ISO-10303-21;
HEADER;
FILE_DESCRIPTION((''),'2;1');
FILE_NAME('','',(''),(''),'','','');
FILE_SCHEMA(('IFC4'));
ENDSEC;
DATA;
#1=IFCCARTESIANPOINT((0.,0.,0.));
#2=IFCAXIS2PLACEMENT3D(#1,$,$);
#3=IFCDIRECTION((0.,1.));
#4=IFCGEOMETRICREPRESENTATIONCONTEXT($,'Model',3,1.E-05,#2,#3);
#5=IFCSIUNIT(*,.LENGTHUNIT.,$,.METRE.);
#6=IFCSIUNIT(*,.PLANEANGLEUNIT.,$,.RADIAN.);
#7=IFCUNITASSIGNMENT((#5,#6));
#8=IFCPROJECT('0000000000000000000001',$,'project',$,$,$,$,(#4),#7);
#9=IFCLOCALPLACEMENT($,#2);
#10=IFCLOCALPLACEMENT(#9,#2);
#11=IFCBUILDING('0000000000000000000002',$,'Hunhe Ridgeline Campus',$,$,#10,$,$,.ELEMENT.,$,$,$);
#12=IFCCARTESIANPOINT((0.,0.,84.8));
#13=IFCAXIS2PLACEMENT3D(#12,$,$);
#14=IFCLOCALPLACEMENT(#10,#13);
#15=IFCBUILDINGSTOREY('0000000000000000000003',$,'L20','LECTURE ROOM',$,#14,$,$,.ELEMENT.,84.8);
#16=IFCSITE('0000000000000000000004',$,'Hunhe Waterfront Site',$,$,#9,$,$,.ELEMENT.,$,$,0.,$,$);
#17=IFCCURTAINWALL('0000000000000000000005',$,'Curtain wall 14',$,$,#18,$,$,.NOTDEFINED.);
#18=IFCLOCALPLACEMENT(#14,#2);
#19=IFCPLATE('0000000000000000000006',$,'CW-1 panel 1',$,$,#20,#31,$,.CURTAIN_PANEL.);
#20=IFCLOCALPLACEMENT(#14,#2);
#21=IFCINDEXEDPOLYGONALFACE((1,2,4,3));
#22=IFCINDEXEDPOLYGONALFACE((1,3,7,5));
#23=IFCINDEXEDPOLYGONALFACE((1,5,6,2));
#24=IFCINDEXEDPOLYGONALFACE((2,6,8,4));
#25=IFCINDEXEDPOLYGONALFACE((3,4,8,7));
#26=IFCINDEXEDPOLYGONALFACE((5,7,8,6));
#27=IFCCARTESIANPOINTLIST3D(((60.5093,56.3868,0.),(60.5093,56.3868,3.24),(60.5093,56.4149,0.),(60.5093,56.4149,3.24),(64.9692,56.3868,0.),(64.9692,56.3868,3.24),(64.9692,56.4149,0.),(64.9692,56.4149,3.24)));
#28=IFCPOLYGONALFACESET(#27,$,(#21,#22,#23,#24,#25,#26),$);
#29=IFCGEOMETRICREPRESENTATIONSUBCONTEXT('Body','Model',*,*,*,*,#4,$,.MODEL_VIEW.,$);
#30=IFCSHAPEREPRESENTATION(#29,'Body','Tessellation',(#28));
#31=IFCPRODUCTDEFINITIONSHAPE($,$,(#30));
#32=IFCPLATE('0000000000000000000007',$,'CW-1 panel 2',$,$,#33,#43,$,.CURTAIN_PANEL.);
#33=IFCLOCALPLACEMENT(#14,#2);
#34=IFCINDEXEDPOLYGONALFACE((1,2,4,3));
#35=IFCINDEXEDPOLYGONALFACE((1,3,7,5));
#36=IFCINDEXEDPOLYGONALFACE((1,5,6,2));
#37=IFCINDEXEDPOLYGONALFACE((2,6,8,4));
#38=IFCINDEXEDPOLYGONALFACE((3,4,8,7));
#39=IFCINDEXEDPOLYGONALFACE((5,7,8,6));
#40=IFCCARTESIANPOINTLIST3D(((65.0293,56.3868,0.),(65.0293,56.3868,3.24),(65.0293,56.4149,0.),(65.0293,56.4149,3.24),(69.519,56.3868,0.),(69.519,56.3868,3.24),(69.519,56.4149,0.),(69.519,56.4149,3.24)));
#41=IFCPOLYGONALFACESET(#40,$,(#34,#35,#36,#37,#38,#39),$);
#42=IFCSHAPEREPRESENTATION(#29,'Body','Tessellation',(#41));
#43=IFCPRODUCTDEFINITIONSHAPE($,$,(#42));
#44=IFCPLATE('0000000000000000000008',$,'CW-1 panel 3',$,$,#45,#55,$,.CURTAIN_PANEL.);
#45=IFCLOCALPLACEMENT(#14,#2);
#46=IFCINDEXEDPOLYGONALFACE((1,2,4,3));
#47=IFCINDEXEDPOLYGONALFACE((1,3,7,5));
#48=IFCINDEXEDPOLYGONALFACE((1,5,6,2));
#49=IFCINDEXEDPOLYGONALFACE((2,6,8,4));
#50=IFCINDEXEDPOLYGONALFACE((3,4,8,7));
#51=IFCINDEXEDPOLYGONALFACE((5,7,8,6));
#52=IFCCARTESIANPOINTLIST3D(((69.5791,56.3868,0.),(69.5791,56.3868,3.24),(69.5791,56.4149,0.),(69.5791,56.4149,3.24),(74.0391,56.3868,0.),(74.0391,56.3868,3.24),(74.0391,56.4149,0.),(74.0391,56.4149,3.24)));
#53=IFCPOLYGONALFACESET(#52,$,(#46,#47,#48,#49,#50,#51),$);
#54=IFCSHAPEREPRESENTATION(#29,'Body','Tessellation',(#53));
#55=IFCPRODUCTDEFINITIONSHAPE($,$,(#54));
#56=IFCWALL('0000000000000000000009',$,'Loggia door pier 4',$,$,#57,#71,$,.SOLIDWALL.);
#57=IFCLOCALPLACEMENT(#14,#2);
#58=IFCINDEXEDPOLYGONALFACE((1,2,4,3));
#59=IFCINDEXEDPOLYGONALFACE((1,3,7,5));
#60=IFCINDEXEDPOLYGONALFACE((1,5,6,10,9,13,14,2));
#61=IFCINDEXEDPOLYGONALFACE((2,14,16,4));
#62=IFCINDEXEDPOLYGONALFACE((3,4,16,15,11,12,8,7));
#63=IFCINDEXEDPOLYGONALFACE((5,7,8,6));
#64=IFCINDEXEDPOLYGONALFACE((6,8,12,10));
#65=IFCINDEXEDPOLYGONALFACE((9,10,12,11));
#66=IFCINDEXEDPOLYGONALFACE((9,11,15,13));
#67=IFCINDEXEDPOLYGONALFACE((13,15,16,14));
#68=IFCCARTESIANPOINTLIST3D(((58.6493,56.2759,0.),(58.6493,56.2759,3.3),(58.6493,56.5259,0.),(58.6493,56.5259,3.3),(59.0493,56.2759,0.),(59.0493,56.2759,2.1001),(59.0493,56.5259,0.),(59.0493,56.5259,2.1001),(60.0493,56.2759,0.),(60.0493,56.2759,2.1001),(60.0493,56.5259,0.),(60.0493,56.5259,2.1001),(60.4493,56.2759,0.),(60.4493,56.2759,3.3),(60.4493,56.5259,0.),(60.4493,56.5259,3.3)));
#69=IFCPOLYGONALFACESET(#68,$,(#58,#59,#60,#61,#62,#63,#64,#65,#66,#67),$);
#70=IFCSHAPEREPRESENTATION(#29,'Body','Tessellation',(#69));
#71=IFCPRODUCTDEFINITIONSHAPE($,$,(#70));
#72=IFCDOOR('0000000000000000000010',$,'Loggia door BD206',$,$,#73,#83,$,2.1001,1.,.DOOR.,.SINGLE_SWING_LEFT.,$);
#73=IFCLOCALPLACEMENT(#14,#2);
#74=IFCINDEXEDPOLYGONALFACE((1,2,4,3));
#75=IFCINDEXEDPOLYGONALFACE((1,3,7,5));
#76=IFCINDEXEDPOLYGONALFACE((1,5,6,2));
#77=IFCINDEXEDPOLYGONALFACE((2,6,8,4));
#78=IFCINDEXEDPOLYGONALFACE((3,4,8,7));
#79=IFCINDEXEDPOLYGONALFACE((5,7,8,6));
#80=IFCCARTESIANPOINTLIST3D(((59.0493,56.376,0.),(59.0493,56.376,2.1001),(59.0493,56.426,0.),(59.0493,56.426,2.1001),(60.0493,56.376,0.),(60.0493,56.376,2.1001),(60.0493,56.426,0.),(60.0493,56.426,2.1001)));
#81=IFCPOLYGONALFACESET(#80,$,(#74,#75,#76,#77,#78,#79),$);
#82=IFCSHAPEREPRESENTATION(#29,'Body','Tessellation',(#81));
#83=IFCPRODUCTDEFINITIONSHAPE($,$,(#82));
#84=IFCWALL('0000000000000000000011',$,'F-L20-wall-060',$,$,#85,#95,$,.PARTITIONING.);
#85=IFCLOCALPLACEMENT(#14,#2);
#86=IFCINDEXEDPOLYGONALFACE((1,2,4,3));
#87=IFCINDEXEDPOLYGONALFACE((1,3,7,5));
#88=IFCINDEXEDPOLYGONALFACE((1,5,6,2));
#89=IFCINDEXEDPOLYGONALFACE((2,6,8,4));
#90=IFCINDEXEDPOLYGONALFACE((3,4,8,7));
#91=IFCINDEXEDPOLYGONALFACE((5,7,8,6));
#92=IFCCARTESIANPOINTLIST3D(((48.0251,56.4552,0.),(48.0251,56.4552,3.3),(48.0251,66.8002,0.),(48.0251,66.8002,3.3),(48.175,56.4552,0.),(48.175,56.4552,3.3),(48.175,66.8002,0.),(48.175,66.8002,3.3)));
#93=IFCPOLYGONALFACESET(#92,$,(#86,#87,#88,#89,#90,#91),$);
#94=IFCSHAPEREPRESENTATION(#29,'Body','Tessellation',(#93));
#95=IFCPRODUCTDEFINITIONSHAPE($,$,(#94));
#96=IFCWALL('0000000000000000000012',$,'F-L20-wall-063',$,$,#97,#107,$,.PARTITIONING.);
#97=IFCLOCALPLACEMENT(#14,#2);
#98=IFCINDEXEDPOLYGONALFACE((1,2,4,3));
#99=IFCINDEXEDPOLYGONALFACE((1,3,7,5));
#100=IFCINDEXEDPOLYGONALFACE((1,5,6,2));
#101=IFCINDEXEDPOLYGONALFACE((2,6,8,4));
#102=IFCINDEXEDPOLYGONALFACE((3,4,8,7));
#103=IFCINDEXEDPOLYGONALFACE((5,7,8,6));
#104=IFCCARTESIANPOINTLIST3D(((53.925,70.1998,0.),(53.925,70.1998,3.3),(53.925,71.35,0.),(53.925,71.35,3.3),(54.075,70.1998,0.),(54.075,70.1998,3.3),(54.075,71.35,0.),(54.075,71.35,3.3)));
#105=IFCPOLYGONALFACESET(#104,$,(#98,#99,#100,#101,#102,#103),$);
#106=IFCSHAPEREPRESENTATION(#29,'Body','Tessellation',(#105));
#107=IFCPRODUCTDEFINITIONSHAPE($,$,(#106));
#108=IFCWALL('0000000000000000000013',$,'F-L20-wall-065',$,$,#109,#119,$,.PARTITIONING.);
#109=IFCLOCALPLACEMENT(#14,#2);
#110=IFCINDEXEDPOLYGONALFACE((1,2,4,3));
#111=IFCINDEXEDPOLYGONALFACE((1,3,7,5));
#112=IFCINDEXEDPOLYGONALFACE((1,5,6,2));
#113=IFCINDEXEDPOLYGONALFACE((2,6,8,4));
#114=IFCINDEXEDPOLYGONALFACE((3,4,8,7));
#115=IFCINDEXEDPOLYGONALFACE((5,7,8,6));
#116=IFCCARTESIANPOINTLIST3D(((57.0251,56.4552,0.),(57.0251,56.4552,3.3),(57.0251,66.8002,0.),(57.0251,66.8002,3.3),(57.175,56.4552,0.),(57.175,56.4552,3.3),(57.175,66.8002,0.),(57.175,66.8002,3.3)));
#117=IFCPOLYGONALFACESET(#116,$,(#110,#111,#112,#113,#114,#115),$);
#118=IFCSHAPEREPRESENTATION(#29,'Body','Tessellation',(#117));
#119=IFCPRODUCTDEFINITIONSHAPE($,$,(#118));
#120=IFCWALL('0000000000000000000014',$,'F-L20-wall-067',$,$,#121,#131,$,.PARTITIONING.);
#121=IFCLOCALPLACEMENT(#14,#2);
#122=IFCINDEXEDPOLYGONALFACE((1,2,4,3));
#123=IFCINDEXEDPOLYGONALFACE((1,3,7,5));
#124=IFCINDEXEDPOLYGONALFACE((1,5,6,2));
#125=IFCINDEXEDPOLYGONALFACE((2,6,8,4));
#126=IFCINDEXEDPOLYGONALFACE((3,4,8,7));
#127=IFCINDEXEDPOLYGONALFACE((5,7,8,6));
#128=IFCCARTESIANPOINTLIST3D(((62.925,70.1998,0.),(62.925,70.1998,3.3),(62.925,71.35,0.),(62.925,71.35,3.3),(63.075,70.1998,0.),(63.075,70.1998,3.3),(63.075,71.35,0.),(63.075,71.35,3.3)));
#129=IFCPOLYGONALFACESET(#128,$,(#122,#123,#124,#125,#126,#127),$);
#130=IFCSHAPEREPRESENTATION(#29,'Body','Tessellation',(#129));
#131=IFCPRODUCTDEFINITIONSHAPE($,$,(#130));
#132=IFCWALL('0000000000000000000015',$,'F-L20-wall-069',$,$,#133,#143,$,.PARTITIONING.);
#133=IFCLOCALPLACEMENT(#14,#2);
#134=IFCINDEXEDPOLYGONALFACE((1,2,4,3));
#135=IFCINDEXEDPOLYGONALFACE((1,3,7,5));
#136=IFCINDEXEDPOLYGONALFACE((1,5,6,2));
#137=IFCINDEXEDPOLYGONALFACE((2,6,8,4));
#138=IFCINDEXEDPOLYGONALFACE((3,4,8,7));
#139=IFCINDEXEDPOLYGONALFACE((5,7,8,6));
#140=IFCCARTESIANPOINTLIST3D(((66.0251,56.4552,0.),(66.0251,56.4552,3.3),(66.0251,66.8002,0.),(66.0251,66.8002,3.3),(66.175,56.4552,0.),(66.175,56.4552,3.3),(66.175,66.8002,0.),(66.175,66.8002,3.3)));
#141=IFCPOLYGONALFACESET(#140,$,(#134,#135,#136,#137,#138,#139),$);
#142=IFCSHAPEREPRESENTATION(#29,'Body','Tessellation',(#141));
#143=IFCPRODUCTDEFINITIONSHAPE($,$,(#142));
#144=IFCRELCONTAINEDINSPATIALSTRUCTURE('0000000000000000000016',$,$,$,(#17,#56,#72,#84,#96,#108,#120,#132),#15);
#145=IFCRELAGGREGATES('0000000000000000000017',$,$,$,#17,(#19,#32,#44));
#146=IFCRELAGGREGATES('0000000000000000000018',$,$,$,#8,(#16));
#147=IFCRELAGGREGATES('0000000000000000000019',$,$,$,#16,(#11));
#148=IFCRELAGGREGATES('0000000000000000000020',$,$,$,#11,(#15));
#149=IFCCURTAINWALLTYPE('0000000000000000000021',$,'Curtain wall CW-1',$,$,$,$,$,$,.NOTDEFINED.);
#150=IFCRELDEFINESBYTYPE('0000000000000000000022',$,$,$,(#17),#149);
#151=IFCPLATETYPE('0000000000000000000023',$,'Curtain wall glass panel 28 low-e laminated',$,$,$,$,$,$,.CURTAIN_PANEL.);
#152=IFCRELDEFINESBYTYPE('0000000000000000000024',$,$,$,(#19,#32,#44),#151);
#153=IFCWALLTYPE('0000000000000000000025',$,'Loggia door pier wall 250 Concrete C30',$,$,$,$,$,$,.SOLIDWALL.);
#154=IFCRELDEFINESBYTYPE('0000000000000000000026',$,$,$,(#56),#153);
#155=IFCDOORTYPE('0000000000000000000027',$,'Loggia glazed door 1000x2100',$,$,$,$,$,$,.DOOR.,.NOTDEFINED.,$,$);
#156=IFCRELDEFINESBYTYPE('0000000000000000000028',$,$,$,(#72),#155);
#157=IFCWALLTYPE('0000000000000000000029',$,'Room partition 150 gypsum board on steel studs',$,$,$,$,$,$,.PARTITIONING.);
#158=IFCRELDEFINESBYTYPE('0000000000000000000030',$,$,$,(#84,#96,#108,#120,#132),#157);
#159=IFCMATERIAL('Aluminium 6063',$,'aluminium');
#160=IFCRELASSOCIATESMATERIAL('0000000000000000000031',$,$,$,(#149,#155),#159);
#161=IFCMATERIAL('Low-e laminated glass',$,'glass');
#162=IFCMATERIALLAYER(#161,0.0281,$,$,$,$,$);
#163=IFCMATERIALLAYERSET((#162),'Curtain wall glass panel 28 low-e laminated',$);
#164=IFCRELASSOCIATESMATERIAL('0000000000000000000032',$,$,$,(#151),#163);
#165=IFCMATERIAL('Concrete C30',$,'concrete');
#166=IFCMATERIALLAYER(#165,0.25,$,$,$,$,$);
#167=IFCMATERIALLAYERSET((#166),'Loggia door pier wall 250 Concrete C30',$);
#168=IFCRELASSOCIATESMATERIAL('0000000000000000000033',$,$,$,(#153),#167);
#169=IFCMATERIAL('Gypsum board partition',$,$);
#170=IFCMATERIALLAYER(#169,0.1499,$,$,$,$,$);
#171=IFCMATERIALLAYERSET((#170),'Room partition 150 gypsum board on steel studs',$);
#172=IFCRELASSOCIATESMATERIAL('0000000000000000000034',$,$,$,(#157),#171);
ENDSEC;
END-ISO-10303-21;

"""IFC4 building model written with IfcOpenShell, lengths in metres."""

from ifc_helpers import new_model, si_unit, direction, frame, frame_2d, origin, origin_2d, place, context, subcontext, project, spatial, rectangle, extrude, material, layer, layer_set, type_object, element, fill, aggregate, save


model = new_model("IFC4")

# Units and contexts
model_context = context("Model", 3, precision=1e-05, world=origin(), true_north=direction((0.0, 1.0)))
body_context = subcontext(model_context, "Body", "Model", "MODEL_VIEW")
ifc_project = project(units=[si_unit("LENGTHUNIT", "METRE"), si_unit("PLANEANGLEUNIT", "RADIAN")], contexts=[model_context])

# Site, building, storey
site_placement = place(None, origin())
site = spatial("IfcSite", under=ifc_project, at=site_placement, Name="Hunhe Waterfront Site", CompositionType="ELEMENT", RefElevation=0.0)
building_placement = place(site_placement, origin())
building = spatial("IfcBuilding", under=site, at=building_placement, Name="Hunhe Ridgeline Campus", CompositionType="ELEMENT")
storey_placement = place(building_placement, frame((0.0, 0.0, 84.8)))
storey = spatial("IfcBuildingStorey", under=building, at=storey_placement, Name="L20", Description="LECTURE ROOM", CompositionType="ELEMENT", Elevation=84.8)

# Curtain wall
ifc_material_1 = material(Name="Aluminium 6063", Category="aluminium")
curtain_wall_type = type_object("IfcCurtainWallType", Name="Curtain wall CW-1", PredefinedType="NOTDEFINED", material=ifc_material_1)
curtain_wall_1_placement = place(storey_placement, origin())
curtain_wall_1 = element("IfcCurtainWall", 1, at=curtain_wall_1_placement, inside=storey, type_object=curtain_wall_type, Name="Curtain wall 14", PredefinedType="NOTDEFINED")

# Plates
ifc_material_2 = material(Name="Low-e laminated glass", Category="glass")
ifc_layer_1 = layer(ifc_material_2, 0.0281)
ifc_layer_set_1 = layer_set([ifc_layer_1], Name="Curtain wall glass panel 28 low-e laminated")
plate_type = type_object("IfcPlateType", Name="Curtain wall glass panel 28 low-e laminated", PredefinedType="CURTAIN_PANEL", material=ifc_layer_set_1)
plate_1_placement = place(storey_placement, frame((62.7393, 56.4009, 0.0), z_axis=(0.0, 0.0, 1.0), x_axis=(1.0, 0.0, 0.0)))
plate_1 = element("IfcPlate", 2, at=plate_1_placement, type_object=plate_type, Name="CW-1 panel 1", PredefinedType="CURTAIN_PANEL", context=body_context, shape_type="SweptSolid", body=[
    extrude(rectangle(XDim=4.46, YDim=0.0281, at=origin_2d()), origin(), (0.0, 0.0, 1.0), 3.24),
])
plate_2_placement = place(storey_placement, frame((67.2742, 56.4009, 0.0), z_axis=(0.0, 0.0, 1.0), x_axis=(1.0, 0.0, 0.0)))
plate_2 = element("IfcPlate", 3, at=plate_2_placement, type_object=plate_type, Name="CW-1 panel 2", PredefinedType="CURTAIN_PANEL", context=body_context, shape_type="SweptSolid", body=[
    extrude(rectangle(XDim=4.4897, YDim=0.0281, at=origin_2d()), origin(), (0.0, 0.0, 1.0), 3.24),
])
plate_3_placement = place(storey_placement, frame((71.8091, 56.4009, 0.0), z_axis=(0.0, 0.0, 1.0), x_axis=(1.0, 0.0, 0.0)))
plate_3 = element("IfcPlate", 4, at=plate_3_placement, type_object=plate_type, Name="CW-1 panel 3", PredefinedType="CURTAIN_PANEL", context=body_context, shape_type="SweptSolid", body=[
    extrude(rectangle(XDim=4.46, YDim=0.0281, at=origin_2d()), origin(), (0.0, 0.0, 1.0), 3.24),
])
aggregate(curtain_wall_1, [plate_1, plate_2, plate_3])

# Wall, opening, door
ifc_material_3 = material(Name="Concrete C30", Category="concrete")
ifc_layer_2 = layer(ifc_material_3, 0.25)
ifc_layer_set_2 = layer_set([ifc_layer_2], Name="Loggia door pier wall 250 Concrete C30")
wall_type_1 = type_object("IfcWallType", Name="Loggia door pier wall 250 Concrete C30", PredefinedType="SOLIDWALL", material=ifc_layer_set_2)
wall_1_placement = place(storey_placement, frame((58.6494, 56.4009, 0.0), z_axis=(0.0, 0.0, 1.0), x_axis=(1.0, 0.0, 0.0)))
wall_1 = element("IfcWall", 5, at=wall_1_placement, inside=storey, type_object=wall_type_1, Name="Loggia door pier 4", PredefinedType="SOLIDWALL", context=body_context, shape_type="SweptSolid", body=[
    extrude(rectangle(XDim=1.8, YDim=0.25, at=frame_2d((0.8999, 0.0))), origin(), (0.0, 0.0, 1.0), 3.3),
])
opening_placement = place(wall_1_placement, frame((0.3999, 0.0, 0.0)))
opening = element("IfcOpeningElement", 6, at=opening_placement, cuts=wall_1, PredefinedType="OPENING", context=body_context, shape_type="SweptSolid", body=[
    extrude(rectangle(XDim=1.0, YDim=2.1001, at=frame_2d((0.5, 1.05))), frame((0.0, 0.125, 0.0), z_axis=(0.0, -1.0, 0.0), x_axis=(1.0, 0.0, 0.0)), (0.0, 0.0, 1.0), 0.25),
])
door_type = type_object("IfcDoorType", Name="Loggia glazed door 1000x2100", OperationType="NOTDEFINED", PredefinedType="DOOR", material=ifc_material_1)
door_placement = place(opening_placement, frame((1.0, 0.0, 0.0), z_axis=(0.0, 0.0, 1.0), x_axis=(-1.0, 0.0, 0.0)))
door = element("IfcDoor", 7, at=door_placement, inside=storey, type_object=door_type, Name="Loggia door BD206", OperationType="SINGLE_SWING_LEFT", OverallHeight=2.1001, OverallWidth=1.0, PredefinedType="DOOR", context=body_context, shape_type="SweptSolid", body=[
    extrude(rectangle(XDim=1.0, YDim=2.1001, at=frame_2d((0.5, 1.05))), frame((0.0, 0.0249, 0.0), z_axis=(0.0, -1.0, 0.0), x_axis=(1.0, 0.0, 0.0)), (0.0, 0.0, 1.0), 0.05),
])
fill(opening, door)

# Walls
ifc_material_4 = material(Name="Gypsum board partition")
ifc_layer_3 = layer(ifc_material_4, 0.1499)
ifc_layer_set_3 = layer_set([ifc_layer_3], Name="Room partition 150 gypsum board on steel studs")
wall_type_2 = type_object("IfcWallType", Name="Room partition 150 gypsum board on steel studs", PredefinedType="PARTITIONING", material=ifc_layer_set_3)
wall_2_placement = place(storey_placement, frame((48.1001, 66.8, 0.0), z_axis=(0.0, 0.0, 1.0), x_axis=(0.0, -1.0, 0.0)))
element("IfcWall", 8, at=wall_2_placement, inside=storey, type_object=wall_type_2, Name="F-L20-wall-060", PredefinedType="PARTITIONING", context=body_context, shape_type="SweptSolid", body=[
    extrude(rectangle(XDim=10.345, YDim=0.1499, at=frame_2d((5.1724, 0.0))), origin(), (0.0, 0.0, 1.0), 3.3),
])
wall_3_placement = place(storey_placement, frame((54.0, 71.3501, 0.0), z_axis=(0.0, 0.0, 1.0), x_axis=(0.0, -1.0, 0.0)))
element("IfcWall", 9, at=wall_3_placement, inside=storey, type_object=wall_type_2, Name="F-L20-wall-063", PredefinedType="PARTITIONING", context=body_context, shape_type="SweptSolid", body=[
    extrude(rectangle(XDim=1.1501, YDim=0.1499, at=frame_2d((0.5752, 0.0))), origin(), (0.0, 0.0, 1.0), 3.3),
])
wall_4_placement = place(storey_placement, frame((57.1001, 66.8, 0.0), z_axis=(0.0, 0.0, 1.0), x_axis=(0.0, -1.0, 0.0)))
element("IfcWall", 10, at=wall_4_placement, inside=storey, type_object=wall_type_2, Name="F-L20-wall-065", PredefinedType="PARTITIONING", context=body_context, shape_type="SweptSolid", body=[
    extrude(rectangle(XDim=10.345, YDim=0.1499, at=frame_2d((5.1724, 0.0))), origin(), (0.0, 0.0, 1.0), 3.3),
])
wall_5_placement = place(storey_placement, frame((63.0, 71.3501, 0.0), z_axis=(0.0, 0.0, 1.0), x_axis=(0.0, -1.0, 0.0)))
element("IfcWall", 11, at=wall_5_placement, inside=storey, type_object=wall_type_2, Name="F-L20-wall-067", PredefinedType="PARTITIONING", context=body_context, shape_type="SweptSolid", body=[
    extrude(rectangle(XDim=1.1501, YDim=0.1499, at=frame_2d((0.5752, 0.0))), origin(), (0.0, 0.0, 1.0), 3.3),
])
wall_6_placement = place(storey_placement, frame((66.1001, 66.8, 0.0), z_axis=(0.0, 0.0, 1.0), x_axis=(0.0, -1.0, 0.0)))
element("IfcWall", 12, at=wall_6_placement, inside=storey, type_object=wall_type_2, Name="F-L20-wall-069", PredefinedType="PARTITIONING", context=body_context, shape_type="SweptSolid", body=[
    extrude(rectangle(XDim=10.345, YDim=0.1499, at=frame_2d((5.1724, 0.0))), origin(), (0.0, 0.0, 1.0), 3.3),
])

save(model, "model.ifc")
